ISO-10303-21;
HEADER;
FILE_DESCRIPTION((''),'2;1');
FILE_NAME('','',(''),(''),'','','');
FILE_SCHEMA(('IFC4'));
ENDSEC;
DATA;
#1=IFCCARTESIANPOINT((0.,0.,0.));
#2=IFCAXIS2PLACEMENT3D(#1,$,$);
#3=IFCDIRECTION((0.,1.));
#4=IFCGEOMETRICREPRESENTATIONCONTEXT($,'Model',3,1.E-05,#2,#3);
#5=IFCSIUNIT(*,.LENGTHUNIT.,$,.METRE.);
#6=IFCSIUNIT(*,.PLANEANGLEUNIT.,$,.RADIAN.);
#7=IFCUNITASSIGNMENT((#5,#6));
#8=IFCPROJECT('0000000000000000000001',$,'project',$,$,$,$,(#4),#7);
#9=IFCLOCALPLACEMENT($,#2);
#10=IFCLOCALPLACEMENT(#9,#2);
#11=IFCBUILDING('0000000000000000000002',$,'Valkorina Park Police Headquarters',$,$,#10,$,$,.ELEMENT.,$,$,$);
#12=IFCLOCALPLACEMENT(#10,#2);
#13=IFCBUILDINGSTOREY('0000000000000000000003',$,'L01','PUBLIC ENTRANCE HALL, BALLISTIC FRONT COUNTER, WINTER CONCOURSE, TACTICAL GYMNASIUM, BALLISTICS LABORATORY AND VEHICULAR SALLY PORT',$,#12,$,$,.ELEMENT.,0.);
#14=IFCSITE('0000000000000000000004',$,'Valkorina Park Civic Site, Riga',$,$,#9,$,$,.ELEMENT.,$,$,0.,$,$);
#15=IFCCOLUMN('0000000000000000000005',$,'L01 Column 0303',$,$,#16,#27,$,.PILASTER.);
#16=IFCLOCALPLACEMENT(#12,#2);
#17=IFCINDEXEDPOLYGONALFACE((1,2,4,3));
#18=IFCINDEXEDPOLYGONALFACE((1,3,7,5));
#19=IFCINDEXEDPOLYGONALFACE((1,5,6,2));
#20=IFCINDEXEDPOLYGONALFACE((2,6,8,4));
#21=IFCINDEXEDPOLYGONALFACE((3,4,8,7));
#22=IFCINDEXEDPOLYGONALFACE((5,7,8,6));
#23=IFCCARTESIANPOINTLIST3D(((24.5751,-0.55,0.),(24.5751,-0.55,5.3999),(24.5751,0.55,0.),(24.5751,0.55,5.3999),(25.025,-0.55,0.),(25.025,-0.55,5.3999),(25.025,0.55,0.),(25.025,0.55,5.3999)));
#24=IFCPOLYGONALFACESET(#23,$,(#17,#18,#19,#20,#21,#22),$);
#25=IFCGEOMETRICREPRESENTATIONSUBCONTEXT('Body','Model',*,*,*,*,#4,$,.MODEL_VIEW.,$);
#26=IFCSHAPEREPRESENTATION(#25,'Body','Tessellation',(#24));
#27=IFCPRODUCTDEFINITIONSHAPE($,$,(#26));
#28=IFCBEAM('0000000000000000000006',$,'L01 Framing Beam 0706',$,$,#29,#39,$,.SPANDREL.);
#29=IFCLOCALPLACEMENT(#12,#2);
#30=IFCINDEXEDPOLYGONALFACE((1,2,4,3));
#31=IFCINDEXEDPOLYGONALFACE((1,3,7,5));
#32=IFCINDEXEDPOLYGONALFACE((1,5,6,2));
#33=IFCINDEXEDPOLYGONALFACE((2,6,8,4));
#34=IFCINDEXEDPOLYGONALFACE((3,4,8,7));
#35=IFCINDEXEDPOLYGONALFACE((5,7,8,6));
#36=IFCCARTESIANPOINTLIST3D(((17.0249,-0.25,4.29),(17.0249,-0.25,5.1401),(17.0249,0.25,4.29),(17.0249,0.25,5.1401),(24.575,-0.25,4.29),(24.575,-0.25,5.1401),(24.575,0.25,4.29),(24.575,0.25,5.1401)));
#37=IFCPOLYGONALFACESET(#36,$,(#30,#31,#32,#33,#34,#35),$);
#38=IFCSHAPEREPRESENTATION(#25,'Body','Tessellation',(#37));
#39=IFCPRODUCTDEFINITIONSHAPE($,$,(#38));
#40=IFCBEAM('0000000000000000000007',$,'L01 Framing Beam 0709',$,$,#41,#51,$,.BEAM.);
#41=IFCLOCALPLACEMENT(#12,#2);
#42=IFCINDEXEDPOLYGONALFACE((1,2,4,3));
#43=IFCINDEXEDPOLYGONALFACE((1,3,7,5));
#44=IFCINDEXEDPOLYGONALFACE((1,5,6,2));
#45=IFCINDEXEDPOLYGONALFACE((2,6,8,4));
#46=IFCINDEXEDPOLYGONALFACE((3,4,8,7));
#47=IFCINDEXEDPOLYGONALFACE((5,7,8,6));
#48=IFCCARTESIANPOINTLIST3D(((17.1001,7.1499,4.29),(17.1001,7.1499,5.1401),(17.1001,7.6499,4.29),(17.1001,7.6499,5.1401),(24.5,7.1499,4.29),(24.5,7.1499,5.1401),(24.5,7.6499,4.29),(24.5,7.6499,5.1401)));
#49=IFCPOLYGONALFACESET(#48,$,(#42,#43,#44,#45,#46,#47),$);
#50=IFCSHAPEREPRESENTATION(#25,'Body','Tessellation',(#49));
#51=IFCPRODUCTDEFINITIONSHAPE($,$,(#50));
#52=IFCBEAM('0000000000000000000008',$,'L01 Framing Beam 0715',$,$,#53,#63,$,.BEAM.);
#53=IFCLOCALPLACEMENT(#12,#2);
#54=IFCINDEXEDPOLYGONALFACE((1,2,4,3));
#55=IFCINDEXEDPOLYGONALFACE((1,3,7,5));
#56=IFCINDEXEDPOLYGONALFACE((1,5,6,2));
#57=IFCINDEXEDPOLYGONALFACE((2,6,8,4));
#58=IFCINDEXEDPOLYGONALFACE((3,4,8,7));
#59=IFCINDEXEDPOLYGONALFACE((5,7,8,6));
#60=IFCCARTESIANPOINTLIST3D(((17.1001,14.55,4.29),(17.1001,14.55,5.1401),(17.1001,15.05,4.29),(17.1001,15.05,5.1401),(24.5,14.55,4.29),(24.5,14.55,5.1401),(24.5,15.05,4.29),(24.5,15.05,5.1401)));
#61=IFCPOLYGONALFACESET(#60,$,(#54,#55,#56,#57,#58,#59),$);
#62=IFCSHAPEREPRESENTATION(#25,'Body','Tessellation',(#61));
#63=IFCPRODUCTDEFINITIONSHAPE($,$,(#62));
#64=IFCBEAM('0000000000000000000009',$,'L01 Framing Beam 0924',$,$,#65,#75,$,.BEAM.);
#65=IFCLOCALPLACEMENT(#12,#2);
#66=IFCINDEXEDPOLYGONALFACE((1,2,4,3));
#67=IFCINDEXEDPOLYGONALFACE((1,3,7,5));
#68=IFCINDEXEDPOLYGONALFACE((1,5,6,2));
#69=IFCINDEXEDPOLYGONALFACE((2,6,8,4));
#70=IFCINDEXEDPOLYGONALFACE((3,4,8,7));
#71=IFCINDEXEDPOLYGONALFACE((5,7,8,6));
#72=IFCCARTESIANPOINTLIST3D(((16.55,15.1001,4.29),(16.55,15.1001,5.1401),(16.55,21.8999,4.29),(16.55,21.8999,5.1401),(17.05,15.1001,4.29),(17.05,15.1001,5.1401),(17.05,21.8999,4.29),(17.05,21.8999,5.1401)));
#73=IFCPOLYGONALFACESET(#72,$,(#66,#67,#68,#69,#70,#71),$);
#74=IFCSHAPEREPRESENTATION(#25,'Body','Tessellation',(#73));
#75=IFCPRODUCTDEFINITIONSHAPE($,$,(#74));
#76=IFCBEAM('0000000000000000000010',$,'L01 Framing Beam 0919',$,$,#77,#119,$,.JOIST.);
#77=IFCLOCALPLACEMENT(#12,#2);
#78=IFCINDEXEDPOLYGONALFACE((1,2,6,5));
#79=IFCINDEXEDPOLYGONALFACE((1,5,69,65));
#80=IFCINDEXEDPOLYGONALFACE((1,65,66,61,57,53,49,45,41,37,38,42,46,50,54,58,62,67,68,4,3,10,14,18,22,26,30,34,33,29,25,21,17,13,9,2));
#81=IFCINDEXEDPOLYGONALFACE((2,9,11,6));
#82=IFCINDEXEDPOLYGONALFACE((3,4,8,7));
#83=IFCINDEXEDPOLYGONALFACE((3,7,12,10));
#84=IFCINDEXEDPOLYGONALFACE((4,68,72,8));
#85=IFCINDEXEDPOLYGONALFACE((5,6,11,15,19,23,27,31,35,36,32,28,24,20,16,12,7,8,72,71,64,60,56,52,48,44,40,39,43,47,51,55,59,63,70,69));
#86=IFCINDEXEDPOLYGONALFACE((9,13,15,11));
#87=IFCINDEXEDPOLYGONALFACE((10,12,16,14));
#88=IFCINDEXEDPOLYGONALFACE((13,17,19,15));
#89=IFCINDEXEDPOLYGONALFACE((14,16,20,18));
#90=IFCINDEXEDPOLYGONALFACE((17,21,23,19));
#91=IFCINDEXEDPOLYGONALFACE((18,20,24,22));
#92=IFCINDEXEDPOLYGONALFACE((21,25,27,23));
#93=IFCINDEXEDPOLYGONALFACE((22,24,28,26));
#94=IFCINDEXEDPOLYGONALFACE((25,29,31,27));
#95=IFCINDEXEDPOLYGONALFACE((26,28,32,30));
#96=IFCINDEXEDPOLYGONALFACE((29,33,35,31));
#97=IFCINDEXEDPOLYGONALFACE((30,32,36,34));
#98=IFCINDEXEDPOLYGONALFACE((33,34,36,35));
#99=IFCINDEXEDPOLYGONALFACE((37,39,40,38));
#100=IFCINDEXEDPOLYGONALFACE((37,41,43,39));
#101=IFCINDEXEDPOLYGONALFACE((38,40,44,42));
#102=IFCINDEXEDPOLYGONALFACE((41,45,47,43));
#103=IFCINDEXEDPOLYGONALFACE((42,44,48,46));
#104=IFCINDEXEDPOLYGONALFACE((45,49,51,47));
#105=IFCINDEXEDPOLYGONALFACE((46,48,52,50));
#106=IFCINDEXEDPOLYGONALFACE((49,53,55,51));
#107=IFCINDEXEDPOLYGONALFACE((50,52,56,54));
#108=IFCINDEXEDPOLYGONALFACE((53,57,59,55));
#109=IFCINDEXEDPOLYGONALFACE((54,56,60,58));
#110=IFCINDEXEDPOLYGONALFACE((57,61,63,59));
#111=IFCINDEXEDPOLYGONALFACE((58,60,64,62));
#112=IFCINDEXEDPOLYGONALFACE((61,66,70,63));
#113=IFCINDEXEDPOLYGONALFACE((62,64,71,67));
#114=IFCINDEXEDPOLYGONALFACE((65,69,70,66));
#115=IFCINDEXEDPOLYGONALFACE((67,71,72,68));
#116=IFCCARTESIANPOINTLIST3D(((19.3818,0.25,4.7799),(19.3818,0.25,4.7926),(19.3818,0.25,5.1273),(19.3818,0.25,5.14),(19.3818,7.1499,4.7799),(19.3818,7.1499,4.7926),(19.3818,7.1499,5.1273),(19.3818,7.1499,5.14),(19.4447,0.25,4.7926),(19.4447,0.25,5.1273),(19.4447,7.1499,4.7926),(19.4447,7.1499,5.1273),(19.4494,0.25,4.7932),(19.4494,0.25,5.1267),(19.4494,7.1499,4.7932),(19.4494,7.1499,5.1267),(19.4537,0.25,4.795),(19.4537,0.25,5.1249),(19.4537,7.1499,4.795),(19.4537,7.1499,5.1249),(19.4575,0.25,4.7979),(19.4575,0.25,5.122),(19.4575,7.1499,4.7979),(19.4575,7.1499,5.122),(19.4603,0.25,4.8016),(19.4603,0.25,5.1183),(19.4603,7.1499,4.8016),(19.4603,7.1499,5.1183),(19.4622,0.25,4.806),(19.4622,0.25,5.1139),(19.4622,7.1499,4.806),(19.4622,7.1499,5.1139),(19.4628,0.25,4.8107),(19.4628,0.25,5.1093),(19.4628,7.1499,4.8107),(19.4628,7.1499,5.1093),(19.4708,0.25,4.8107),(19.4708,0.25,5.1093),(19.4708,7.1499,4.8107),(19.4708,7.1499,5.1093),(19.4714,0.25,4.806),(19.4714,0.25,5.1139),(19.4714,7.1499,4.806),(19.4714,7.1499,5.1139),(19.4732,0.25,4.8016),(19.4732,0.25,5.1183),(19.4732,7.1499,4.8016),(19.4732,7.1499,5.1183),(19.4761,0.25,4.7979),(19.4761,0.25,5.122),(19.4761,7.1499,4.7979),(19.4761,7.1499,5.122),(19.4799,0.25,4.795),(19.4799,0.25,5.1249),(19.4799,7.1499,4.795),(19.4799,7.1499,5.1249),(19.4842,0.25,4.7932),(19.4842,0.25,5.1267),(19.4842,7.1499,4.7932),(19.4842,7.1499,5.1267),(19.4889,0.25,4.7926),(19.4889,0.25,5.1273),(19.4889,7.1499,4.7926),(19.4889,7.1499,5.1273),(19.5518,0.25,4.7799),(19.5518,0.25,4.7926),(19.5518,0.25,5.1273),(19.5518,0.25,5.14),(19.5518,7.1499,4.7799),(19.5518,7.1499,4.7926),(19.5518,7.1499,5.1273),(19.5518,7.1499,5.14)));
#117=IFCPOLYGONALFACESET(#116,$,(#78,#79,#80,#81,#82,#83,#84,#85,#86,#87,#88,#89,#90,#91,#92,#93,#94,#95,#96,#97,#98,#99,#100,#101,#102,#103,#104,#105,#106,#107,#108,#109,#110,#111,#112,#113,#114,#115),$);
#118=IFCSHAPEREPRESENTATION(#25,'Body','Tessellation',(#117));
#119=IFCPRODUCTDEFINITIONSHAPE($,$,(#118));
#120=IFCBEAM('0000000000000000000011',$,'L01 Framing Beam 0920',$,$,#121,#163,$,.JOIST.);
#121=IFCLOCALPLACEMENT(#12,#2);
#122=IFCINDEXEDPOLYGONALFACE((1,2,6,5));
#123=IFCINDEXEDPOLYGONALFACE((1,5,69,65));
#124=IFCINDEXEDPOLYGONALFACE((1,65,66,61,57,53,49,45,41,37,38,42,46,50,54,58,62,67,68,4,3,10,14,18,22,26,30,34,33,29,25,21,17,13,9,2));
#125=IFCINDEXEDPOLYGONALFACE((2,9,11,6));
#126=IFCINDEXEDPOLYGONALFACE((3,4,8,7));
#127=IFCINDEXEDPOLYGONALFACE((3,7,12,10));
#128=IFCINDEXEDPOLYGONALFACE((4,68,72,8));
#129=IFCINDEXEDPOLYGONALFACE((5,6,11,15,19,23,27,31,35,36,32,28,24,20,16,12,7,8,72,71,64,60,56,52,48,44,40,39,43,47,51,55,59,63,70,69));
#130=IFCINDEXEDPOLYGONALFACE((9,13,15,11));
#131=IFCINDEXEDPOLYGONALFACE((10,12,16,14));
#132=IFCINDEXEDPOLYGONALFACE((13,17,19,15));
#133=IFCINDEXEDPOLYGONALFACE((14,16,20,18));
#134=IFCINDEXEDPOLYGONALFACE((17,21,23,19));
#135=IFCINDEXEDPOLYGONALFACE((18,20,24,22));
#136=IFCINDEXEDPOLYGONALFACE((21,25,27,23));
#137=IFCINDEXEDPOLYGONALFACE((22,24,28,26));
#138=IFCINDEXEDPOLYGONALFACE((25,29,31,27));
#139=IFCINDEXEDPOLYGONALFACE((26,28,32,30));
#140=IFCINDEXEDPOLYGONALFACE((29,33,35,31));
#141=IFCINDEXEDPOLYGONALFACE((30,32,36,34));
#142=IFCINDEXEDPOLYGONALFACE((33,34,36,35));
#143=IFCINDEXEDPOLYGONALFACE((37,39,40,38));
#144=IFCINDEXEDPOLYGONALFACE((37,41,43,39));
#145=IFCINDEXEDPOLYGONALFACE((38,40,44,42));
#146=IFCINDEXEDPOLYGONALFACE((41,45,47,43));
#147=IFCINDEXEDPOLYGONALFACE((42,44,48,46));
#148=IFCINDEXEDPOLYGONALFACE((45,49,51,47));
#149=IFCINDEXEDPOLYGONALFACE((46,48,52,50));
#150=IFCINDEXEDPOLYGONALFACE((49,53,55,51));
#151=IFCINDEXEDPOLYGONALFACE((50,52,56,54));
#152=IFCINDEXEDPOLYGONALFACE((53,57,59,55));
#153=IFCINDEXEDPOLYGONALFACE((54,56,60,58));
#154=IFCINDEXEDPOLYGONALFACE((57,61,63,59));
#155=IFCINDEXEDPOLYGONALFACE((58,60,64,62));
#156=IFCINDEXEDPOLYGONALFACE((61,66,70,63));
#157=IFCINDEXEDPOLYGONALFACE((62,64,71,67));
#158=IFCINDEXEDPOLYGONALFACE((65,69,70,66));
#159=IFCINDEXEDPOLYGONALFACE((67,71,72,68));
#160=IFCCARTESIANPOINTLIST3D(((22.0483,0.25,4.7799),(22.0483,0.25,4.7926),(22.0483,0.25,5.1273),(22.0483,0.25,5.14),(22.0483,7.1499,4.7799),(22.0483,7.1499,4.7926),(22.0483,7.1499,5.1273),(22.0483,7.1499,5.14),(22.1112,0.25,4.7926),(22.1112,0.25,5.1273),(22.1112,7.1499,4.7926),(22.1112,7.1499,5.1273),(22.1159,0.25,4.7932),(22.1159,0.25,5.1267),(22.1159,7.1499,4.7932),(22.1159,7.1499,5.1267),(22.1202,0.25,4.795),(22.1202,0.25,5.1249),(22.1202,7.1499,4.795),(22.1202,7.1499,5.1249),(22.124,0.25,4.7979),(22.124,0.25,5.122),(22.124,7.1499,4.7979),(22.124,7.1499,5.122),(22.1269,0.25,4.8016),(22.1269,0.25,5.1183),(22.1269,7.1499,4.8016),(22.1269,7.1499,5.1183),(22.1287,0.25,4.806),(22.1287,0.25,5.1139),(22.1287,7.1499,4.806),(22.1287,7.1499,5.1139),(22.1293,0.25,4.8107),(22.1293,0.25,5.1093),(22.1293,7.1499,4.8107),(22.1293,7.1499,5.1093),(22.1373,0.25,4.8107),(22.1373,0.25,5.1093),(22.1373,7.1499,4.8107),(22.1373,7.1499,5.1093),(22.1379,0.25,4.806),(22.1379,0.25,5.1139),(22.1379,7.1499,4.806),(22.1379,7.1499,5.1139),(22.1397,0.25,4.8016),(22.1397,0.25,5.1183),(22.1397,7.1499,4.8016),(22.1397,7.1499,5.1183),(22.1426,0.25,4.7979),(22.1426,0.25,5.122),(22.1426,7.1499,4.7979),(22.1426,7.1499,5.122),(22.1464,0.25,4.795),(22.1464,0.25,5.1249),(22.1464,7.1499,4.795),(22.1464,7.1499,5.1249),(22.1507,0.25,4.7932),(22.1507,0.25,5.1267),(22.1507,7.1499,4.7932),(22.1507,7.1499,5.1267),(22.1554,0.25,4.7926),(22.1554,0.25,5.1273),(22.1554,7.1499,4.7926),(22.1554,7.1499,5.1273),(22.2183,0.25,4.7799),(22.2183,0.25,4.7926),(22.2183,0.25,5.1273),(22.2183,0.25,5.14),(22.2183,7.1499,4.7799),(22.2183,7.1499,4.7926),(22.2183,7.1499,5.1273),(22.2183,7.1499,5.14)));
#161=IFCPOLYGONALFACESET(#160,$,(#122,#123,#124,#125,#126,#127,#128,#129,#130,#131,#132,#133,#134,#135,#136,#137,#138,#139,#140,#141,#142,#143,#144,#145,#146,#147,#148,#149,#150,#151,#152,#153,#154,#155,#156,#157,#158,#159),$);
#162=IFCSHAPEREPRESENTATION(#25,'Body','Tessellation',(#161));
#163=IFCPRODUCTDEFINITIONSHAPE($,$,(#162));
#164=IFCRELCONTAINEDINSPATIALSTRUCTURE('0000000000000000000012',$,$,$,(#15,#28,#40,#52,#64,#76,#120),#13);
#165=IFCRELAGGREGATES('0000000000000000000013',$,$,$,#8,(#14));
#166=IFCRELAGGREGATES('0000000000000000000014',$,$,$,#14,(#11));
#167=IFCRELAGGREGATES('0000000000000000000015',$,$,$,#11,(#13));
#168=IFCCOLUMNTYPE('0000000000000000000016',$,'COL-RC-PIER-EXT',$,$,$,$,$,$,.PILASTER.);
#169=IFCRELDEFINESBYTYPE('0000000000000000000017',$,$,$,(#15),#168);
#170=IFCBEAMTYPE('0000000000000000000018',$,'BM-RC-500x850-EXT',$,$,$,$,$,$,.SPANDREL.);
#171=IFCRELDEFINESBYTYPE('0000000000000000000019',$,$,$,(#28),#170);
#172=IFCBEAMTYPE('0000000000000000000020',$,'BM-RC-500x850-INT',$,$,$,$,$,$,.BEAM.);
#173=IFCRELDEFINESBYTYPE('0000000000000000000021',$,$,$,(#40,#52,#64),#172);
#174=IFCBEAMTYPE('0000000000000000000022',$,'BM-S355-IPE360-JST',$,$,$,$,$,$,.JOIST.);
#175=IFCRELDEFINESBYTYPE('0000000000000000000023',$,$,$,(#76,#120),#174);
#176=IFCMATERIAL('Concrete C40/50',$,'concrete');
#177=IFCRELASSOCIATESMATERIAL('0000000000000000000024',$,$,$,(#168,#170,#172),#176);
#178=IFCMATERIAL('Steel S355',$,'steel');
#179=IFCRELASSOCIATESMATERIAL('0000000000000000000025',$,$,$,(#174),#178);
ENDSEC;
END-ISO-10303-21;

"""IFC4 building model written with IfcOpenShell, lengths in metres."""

from ifc_helpers import new_model, si_unit, direction, frame, origin, origin_2d, place, context, subcontext, project, spatial, rectangle, i_section, extrude, material, material_profile, profile_set, type_object, element, save


model = new_model("IFC4")

# Units and contexts
model_context = context("Model", 3, precision=1e-05, world=origin(), true_north=direction((0.0, 1.0)))
body_context = subcontext(model_context, "Body", "Model", "MODEL_VIEW")
ifc_project = project(units=[si_unit("LENGTHUNIT", "METRE"), si_unit("PLANEANGLEUNIT", "RADIAN")], contexts=[model_context])

# Site, building, storey
site_placement = place(None, origin())
site = spatial("IfcSite", under=ifc_project, at=site_placement, Name="Valkorina Park Civic Site, Riga", CompositionType="ELEMENT", RefElevation=0.0)
building_placement = place(site_placement, origin())
building = spatial("IfcBuilding", under=site, at=building_placement, Name="Valkorina Park Police Headquarters", CompositionType="ELEMENT")
storey_placement = place(building_placement, origin())
storey = spatial("IfcBuildingStorey", under=building, at=storey_placement, Name="L01", Description="PUBLIC ENTRANCE HALL, BALLISTIC FRONT COUNTER, WINTER CONCOURSE, TACTICAL GYMNASIUM, BALLISTICS LABORATORY AND VEHICULAR SALLY PORT", CompositionType="ELEMENT", Elevation=0.0)

# Column
ifc_material_1 = material(Name="Concrete C40/50", Category="concrete")
ifc_material_profile_1 = material_profile(ifc_material_1, rectangle(XDim=0.45, YDim=1.1001, at=origin_2d()), Name="RC PIER 450x1100")
ifc_profile_set_1 = profile_set([ifc_material_profile_1], Name="Concrete C40/50")
column_type = type_object("IfcColumnType", Name="COL-RC-PIER-EXT", PredefinedType="PILASTER", material=ifc_profile_set_1)
column_placement = place(storey_placement, frame((24.8, 0.0, 0.0), z_axis=(0.0, 0.0, 1.0), x_axis=(1.0, 0.0, 0.0)))
element("IfcColumn", 1, at=column_placement, inside=storey, type_object=column_type, Name="L01 Column 0303", PredefinedType="PILASTER", context=body_context, shape_type="SweptSolid", body=[
    extrude(rectangle(XDim=0.45, YDim=1.1001, at=origin_2d()), origin(), (0.0, 0.0, 1.0), 5.3999),
])

# Beams
ifc_material_profile_2 = material_profile(ifc_material_1, rectangle(XDim=0.5, YDim=0.8501, at=origin_2d()), Name="RC BEAM 500x850")
ifc_profile_set_2 = profile_set([ifc_material_profile_2], Name="Concrete C40/50")
beam_type_1 = type_object("IfcBeamType", Name="BM-RC-500x850-EXT", PredefinedType="SPANDREL", material=ifc_profile_set_2)
beam_1_placement = place(storey_placement, frame((17.0249, 0.0, 4.7151), z_axis=(1.0, 0.0, 0.0), x_axis=(0.0, 1.0, 0.0)))
element("IfcBeam", 2, at=beam_1_placement, inside=storey, type_object=beam_type_1, Name="L01 Framing Beam 0706", PredefinedType="SPANDREL", context=body_context, shape_type="SweptSolid", body=[
    extrude(rectangle(XDim=0.5, YDim=0.8501, at=origin_2d()), origin(), (0.0, 0.0, 1.0), 7.55),
])
ifc_material_profile_3 = material_profile(ifc_material_1, rectangle(XDim=0.5, YDim=0.8501, at=origin_2d()), Name="RC BEAM 500x850")
ifc_profile_set_3 = profile_set([ifc_material_profile_3], Name="Concrete C40/50")
beam_type_2 = type_object("IfcBeamType", Name="BM-RC-500x850-INT", PredefinedType="BEAM", material=ifc_profile_set_3)
for number, where, z_axis, x_axis, name in (
    (3, (17.1001, 7.3999, 4.7151), (1.0, 0.0, 0.0), (0.0, 1.0, 0.0), "L01 Framing Beam 0709"),
    (4, (17.1001, 14.8, 4.7151), (1.0, 0.0, 0.0), (0.0, 1.0, 0.0), "L01 Framing Beam 0715"),
):
    element("IfcBeam", number, at=place(storey_placement, frame(where, z_axis=z_axis, x_axis=x_axis)), inside=storey, type_object=beam_type_2, Name=name, PredefinedType="BEAM", context=body_context, shape_type="SweptSolid", body=[
        extrude(rectangle(XDim=0.5, YDim=0.8501, at=origin_2d()), origin(), (0.0, 0.0, 1.0), 7.3999),
    ])
beam_2_placement = place(storey_placement, frame((16.8, 15.1001, 4.7151), z_axis=(0.0, 1.0, 0.0), x_axis=(-1.0, 0.0, 0.0)))
element("IfcBeam", 5, at=beam_2_placement, inside=storey, type_object=beam_type_2, Name="L01 Framing Beam 0924", PredefinedType="BEAM", context=body_context, shape_type="SweptSolid", body=[
    extrude(rectangle(XDim=0.5, YDim=0.8501, at=origin_2d()), origin(), (0.0, 0.0, 1.0), 6.7998),
])
ifc_material_2 = material(Name="Steel S355", Category="steel")
ifc_material_profile_4 = material_profile(ifc_material_2, i_section(OverallWidth=0.1699, OverallDepth=0.3601, WebThickness=0.0081, FlangeThickness=0.0127, FilletRadius=0.0181, at=origin_2d()), Name="IPE 360")
ifc_profile_set_4 = profile_set([ifc_material_profile_4], Name="Steel S355")
beam_type_3 = type_object("IfcBeamType", Name="BM-S355-IPE360-JST", PredefinedType="JOIST", material=ifc_profile_set_4)
for number, where, z_axis, x_axis, name in (
    (6, (19.4668, 0.25, 4.96), (0.0, 1.0, 0.0), (-1.0, 0.0, 0.0), "L01 Framing Beam 0919"),
    (7, (22.1333, 0.25, 4.96), (0.0, 1.0, 0.0), (-1.0, 0.0, 0.0), "L01 Framing Beam 0920"),
):
    element("IfcBeam", number, at=place(storey_placement, frame(where, z_axis=z_axis, x_axis=x_axis)), inside=storey, type_object=beam_type_3, Name=name, PredefinedType="JOIST", context=body_context, shape_type="SweptSolid", body=[
        extrude(i_section(OverallWidth=0.1699, OverallDepth=0.3601, WebThickness=0.0081, FlangeThickness=0.0127, FilletRadius=0.0181, at=origin_2d()), origin(), (0.0, 0.0, 1.0), 6.8999),
    ])

save(model, "model.ifc")
